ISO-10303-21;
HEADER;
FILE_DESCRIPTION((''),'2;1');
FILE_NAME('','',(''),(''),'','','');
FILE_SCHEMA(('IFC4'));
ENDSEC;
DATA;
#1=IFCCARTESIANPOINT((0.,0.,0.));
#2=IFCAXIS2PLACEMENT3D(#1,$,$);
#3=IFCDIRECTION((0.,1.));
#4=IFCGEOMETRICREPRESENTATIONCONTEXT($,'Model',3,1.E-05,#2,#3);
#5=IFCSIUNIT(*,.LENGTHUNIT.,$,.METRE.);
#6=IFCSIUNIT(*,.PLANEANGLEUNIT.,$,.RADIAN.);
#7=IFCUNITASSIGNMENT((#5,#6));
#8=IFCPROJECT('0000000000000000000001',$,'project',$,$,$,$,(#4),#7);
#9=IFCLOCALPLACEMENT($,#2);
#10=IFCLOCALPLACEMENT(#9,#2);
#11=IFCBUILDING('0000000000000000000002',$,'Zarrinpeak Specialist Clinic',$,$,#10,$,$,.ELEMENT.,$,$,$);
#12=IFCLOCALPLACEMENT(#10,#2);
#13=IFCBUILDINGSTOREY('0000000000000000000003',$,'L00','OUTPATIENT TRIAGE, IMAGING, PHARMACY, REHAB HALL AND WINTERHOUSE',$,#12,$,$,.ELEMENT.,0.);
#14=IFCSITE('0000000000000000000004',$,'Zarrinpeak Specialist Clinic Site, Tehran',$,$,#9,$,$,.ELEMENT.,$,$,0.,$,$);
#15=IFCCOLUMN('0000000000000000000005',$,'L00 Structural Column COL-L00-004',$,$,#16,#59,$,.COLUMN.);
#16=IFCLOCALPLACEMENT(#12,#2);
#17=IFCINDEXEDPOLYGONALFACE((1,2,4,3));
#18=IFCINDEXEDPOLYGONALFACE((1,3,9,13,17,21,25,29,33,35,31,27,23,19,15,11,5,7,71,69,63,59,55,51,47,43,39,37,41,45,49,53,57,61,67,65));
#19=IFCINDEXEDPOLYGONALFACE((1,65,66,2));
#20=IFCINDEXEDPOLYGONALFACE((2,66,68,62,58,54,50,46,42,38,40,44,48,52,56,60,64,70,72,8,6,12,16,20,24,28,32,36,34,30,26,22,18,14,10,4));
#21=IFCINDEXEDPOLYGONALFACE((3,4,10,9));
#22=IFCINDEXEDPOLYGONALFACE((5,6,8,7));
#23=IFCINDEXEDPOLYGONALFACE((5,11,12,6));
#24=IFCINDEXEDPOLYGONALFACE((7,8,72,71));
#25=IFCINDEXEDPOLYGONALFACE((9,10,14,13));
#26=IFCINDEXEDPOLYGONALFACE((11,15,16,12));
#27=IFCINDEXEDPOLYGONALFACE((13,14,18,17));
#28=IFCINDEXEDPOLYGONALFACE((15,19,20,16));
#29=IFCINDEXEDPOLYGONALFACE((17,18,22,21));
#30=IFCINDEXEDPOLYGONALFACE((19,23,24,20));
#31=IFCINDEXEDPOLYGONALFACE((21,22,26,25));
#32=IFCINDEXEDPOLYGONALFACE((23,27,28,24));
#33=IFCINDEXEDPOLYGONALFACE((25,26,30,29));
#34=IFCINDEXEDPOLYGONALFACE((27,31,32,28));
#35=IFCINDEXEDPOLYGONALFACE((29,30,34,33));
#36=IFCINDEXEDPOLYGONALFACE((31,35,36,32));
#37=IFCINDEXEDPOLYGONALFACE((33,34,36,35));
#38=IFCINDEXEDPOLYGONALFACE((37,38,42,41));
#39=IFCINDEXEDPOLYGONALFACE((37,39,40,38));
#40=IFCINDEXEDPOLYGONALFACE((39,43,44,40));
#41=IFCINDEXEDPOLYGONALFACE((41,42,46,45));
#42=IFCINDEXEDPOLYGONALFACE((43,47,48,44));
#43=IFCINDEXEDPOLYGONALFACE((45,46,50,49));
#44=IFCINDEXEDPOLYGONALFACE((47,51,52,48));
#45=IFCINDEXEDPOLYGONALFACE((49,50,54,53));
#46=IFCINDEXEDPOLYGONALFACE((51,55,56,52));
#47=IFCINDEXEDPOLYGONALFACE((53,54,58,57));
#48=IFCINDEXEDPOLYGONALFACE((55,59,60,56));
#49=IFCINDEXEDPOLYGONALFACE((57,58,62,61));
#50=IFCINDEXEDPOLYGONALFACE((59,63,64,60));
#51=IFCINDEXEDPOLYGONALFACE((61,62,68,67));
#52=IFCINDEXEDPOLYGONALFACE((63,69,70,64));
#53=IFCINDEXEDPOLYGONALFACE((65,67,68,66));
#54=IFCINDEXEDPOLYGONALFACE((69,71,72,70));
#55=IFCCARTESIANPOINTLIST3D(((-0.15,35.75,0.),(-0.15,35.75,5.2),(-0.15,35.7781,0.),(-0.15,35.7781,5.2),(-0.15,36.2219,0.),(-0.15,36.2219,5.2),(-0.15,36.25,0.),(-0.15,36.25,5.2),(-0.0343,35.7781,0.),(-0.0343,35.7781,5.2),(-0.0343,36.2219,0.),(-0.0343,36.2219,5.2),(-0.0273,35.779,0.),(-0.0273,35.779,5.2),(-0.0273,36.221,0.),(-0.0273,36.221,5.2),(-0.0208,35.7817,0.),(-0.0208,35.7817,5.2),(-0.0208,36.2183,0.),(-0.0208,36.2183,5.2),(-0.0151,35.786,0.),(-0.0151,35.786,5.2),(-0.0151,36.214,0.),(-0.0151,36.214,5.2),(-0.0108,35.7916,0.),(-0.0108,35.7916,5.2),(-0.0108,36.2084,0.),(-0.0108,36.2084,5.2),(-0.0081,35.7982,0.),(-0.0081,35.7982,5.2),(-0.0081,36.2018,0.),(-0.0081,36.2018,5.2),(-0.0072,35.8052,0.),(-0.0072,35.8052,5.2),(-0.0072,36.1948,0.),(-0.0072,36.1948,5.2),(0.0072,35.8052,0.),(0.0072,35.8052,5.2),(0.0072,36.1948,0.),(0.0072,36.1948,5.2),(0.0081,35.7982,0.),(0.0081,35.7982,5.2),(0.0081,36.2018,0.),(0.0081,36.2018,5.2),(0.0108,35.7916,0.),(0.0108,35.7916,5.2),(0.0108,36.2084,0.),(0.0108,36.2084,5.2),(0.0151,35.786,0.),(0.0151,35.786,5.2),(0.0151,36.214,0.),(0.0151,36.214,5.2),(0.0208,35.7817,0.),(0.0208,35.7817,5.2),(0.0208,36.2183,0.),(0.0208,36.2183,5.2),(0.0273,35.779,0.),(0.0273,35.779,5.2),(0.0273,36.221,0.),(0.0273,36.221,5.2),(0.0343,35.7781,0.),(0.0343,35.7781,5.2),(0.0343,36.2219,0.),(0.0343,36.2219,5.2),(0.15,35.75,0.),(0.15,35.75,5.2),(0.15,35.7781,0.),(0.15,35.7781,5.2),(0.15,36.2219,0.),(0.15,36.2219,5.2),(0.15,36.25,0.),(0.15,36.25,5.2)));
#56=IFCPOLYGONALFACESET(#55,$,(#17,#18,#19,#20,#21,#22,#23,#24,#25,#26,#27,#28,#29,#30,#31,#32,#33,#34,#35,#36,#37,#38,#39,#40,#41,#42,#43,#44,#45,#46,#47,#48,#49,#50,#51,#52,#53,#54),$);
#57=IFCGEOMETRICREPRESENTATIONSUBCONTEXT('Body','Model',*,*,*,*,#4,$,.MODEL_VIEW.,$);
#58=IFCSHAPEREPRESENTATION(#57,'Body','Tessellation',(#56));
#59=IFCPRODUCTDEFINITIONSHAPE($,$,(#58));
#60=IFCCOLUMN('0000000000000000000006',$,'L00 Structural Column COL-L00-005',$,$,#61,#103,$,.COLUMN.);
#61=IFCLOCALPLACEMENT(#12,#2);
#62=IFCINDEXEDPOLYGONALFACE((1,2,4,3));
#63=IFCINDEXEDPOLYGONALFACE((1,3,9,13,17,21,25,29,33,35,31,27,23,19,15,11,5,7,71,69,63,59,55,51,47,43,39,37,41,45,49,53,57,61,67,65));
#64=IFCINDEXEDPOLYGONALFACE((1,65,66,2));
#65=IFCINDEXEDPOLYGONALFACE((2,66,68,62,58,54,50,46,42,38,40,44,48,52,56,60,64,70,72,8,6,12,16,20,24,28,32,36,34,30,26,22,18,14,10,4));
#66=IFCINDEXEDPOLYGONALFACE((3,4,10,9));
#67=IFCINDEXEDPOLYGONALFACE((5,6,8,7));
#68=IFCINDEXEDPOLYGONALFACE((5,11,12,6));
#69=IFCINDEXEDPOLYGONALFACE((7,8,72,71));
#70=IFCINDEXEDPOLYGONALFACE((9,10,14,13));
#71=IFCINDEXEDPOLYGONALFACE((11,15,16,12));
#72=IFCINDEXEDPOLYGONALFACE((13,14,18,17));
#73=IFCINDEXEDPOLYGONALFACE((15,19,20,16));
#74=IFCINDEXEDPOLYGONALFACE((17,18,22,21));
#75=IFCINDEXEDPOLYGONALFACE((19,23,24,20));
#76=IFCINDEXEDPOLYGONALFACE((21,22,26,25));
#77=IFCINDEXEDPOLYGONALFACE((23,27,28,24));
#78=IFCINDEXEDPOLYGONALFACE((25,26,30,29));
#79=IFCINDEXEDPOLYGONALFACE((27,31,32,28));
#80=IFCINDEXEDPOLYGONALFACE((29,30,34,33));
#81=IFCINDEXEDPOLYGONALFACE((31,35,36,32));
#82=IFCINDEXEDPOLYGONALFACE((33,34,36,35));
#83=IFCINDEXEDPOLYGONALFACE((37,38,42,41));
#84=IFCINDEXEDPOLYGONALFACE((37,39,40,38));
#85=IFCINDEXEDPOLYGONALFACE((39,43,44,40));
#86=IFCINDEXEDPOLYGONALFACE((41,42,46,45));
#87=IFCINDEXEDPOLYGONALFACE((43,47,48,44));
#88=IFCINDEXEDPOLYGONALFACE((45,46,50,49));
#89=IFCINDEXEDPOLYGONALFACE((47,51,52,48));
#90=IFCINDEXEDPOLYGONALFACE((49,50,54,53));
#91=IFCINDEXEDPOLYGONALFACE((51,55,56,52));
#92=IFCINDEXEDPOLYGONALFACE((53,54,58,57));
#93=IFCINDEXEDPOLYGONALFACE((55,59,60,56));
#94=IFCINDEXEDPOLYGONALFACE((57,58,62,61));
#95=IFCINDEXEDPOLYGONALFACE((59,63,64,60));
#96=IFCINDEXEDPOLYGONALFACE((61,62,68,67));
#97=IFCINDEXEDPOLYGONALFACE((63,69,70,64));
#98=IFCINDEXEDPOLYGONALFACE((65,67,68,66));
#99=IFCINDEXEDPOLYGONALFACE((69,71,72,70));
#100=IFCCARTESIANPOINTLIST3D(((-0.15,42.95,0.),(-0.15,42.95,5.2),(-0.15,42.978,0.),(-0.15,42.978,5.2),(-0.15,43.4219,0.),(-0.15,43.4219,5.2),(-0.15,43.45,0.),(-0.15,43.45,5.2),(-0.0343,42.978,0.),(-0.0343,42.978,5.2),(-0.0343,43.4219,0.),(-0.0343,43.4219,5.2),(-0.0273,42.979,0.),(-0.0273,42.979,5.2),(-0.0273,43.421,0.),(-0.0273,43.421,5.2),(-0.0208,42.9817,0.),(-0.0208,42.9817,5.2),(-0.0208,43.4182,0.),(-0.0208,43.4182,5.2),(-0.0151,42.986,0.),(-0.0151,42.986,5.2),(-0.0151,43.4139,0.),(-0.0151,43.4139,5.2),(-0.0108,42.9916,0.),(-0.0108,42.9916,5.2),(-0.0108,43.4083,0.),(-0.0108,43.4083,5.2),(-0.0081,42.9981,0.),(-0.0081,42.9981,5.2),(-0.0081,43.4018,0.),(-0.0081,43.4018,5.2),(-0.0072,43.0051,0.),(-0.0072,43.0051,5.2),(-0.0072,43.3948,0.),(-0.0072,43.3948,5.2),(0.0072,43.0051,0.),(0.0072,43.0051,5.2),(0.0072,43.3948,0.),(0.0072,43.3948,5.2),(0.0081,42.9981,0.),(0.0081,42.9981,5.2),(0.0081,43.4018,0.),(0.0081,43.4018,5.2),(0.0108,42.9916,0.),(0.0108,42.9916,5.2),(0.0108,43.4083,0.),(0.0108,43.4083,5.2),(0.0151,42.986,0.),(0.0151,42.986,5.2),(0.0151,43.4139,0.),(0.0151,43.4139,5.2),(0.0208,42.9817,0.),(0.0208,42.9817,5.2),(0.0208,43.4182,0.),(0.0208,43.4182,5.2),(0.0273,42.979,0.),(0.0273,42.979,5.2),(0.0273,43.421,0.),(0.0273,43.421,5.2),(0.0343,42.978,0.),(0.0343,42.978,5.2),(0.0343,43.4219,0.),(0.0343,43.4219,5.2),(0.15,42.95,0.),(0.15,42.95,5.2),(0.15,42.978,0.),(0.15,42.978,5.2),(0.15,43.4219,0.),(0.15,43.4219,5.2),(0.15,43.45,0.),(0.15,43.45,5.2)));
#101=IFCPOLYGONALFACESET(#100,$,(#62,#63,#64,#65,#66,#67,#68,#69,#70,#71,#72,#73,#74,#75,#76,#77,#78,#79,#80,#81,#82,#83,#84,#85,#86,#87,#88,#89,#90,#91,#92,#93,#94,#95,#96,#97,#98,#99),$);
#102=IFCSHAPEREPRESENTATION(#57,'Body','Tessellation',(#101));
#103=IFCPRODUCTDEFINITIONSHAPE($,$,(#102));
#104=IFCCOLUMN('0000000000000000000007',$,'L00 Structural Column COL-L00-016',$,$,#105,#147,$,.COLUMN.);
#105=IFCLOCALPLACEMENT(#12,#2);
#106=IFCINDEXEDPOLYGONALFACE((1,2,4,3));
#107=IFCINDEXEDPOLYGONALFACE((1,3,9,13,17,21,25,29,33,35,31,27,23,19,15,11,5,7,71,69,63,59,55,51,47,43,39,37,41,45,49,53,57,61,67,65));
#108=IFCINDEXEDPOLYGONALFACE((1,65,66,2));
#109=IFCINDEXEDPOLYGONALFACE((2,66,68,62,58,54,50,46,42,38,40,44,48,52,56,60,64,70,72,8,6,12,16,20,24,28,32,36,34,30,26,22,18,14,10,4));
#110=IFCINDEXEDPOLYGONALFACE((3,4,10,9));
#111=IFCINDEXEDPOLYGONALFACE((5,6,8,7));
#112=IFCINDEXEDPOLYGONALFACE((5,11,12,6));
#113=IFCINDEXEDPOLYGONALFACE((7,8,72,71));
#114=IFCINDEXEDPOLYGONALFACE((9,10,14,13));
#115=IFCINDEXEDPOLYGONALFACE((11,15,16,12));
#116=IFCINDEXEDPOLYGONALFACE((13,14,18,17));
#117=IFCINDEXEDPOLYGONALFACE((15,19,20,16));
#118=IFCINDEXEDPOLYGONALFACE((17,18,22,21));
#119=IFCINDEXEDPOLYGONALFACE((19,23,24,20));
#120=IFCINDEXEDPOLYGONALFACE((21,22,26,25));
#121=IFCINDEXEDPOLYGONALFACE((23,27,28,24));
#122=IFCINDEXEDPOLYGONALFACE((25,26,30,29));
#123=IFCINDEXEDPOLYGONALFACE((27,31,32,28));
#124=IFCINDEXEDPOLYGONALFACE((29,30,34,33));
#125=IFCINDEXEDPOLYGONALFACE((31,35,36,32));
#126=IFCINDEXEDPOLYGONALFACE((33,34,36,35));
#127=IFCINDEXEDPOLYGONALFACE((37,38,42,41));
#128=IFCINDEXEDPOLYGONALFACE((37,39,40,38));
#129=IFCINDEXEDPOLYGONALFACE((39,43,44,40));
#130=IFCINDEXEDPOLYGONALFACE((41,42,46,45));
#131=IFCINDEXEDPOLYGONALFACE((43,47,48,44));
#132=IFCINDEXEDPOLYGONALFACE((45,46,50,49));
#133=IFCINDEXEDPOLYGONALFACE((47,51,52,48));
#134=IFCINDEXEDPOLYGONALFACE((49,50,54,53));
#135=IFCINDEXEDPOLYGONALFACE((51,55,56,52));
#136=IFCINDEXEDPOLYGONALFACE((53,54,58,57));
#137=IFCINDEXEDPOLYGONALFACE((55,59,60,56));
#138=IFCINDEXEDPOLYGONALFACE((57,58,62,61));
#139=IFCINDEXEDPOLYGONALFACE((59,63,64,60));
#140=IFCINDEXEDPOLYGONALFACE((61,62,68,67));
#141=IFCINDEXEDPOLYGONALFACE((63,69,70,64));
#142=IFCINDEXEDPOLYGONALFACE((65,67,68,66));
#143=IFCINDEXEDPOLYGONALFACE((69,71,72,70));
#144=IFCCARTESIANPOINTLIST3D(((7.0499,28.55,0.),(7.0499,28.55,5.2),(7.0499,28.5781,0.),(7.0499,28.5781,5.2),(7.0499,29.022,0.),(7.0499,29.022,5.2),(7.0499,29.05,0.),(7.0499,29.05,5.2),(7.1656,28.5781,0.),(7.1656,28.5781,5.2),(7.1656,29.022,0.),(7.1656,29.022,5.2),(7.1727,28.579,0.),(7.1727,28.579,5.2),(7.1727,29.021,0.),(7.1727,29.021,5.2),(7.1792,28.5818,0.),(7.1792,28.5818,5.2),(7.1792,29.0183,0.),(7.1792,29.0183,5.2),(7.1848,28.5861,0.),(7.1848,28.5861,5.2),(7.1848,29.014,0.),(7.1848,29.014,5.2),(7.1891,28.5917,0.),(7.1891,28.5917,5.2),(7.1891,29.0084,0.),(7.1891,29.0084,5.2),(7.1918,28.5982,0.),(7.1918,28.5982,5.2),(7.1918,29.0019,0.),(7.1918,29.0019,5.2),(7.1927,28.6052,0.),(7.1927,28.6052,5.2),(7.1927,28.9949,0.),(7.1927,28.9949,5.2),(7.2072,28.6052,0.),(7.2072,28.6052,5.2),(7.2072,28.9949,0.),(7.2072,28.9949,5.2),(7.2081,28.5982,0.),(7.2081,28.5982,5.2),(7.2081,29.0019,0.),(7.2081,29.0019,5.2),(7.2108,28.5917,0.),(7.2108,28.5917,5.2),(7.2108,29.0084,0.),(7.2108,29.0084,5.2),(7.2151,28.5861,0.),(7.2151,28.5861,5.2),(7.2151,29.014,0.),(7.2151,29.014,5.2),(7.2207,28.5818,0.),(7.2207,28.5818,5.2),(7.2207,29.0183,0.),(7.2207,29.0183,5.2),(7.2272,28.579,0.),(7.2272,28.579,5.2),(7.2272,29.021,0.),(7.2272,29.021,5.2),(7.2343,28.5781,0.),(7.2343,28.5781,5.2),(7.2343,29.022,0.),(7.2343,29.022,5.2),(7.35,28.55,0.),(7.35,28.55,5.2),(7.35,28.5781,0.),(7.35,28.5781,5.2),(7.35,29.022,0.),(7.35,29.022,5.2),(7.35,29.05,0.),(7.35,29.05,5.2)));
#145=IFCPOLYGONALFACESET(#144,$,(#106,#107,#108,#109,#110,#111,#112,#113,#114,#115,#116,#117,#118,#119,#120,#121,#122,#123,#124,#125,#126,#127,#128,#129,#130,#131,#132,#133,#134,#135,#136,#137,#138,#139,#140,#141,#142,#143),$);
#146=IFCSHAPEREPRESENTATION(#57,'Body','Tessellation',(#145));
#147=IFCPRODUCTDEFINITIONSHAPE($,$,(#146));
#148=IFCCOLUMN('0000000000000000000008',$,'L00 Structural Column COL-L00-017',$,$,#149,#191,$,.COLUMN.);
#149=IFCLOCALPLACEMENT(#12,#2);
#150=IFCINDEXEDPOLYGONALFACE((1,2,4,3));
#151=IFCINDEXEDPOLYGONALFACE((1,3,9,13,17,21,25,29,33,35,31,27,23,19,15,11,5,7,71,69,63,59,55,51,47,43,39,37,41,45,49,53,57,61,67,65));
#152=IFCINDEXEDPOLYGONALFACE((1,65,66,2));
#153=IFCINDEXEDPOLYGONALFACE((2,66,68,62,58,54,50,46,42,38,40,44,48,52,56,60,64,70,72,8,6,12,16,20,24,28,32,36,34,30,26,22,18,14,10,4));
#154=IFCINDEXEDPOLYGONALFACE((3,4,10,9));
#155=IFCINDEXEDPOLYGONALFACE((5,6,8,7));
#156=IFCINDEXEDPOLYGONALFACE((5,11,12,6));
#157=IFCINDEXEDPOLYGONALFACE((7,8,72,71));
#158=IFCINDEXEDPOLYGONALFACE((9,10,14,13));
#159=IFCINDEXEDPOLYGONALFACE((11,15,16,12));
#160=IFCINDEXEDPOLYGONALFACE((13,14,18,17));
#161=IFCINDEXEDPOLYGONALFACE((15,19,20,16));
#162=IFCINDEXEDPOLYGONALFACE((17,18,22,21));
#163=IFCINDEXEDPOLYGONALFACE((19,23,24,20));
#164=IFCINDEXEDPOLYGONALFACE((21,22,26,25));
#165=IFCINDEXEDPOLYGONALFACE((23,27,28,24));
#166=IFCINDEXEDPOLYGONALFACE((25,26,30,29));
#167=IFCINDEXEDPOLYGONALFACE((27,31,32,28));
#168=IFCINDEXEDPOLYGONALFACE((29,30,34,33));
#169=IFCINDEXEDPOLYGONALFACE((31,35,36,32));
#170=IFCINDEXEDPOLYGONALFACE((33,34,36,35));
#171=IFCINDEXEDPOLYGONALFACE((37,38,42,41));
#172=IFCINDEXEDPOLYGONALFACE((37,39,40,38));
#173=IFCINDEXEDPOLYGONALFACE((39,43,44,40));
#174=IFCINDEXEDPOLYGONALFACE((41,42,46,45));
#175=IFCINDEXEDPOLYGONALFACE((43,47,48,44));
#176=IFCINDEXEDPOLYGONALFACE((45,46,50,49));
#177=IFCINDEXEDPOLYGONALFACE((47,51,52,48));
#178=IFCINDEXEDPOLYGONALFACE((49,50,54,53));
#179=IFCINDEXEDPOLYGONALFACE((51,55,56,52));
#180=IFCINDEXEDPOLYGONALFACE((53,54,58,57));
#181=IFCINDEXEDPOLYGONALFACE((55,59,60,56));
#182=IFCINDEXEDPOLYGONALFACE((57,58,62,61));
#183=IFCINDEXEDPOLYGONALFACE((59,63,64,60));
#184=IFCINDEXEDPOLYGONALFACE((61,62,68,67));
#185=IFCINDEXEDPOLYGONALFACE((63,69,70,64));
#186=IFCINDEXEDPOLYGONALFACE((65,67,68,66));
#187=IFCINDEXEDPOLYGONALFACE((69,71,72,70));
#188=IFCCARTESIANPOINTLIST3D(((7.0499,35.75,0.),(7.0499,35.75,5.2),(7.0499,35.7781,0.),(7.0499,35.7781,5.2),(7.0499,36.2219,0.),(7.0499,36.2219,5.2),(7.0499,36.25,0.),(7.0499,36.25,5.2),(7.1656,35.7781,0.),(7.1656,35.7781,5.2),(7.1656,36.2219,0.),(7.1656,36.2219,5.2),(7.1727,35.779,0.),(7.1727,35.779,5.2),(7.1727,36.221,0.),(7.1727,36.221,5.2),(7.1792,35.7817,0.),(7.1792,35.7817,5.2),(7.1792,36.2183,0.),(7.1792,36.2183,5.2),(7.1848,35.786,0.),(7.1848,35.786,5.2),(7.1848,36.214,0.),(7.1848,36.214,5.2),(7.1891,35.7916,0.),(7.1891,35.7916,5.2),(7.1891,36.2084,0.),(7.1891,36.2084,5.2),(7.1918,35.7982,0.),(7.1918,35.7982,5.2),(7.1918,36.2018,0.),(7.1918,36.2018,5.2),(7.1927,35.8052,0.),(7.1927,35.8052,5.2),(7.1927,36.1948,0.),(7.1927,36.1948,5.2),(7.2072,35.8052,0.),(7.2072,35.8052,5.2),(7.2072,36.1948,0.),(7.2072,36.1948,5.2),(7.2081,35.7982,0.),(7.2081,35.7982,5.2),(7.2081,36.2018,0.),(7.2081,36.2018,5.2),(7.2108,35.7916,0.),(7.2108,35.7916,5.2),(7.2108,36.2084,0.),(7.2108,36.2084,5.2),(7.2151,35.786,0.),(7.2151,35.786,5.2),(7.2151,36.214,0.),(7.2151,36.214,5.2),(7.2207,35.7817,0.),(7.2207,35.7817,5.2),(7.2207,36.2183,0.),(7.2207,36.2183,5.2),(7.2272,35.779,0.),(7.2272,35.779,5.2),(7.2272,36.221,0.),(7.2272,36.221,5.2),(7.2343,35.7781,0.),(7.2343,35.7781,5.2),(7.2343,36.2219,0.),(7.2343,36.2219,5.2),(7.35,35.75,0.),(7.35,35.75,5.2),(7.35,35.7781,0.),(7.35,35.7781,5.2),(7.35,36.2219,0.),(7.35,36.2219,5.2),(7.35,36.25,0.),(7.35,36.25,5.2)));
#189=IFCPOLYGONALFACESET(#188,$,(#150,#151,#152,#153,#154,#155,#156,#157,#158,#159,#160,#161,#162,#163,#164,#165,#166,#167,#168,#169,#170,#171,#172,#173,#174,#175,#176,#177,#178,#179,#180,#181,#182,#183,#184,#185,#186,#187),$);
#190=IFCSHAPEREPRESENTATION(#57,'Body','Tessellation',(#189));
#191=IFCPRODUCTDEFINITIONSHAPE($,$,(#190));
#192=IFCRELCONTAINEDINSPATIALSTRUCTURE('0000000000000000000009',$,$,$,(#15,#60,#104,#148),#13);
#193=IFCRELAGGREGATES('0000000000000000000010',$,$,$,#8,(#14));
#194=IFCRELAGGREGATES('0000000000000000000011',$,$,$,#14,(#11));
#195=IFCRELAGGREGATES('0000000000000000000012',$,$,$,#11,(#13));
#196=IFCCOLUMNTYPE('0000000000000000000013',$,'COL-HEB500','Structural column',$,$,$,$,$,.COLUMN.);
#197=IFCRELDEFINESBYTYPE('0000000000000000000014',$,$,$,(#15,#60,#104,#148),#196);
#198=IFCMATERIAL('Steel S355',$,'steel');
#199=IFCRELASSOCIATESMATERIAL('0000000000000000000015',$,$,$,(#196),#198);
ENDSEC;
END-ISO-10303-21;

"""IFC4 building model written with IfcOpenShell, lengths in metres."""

from ifc_helpers import new_model, si_unit, direction, frame, origin, origin_2d, place, context, subcontext, project, spatial, i_section, extrude, material, material_profile, profile_set, type_object, element, save


model = new_model("IFC4")

# Units and contexts
model_context = context("Model", 3, precision=1e-05, world=origin(), true_north=direction((0.0, 1.0)))
body_context = subcontext(model_context, "Body", "Model", "MODEL_VIEW")
ifc_project = project(units=[si_unit("LENGTHUNIT", "METRE"), si_unit("PLANEANGLEUNIT", "RADIAN")], contexts=[model_context])

# Site, building, storey
site_placement = place(None, origin())
site = spatial("IfcSite", under=ifc_project, at=site_placement, Name="Zarrinpeak Specialist Clinic Site, Tehran", CompositionType="ELEMENT", RefElevation=0.0)
building_placement = place(site_placement, origin())
building = spatial("IfcBuilding", under=site, at=building_placement, Name="Zarrinpeak Specialist Clinic", CompositionType="ELEMENT")
storey_placement = place(building_placement, origin())
storey = spatial("IfcBuildingStorey", under=building, at=storey_placement, Name="L00", Description="OUTPATIENT TRIAGE, IMAGING, PHARMACY, REHAB HALL AND WINTERHOUSE", CompositionType="ELEMENT", Elevation=0.0)

# Columns
ifc_material_1 = material(Name="Steel S355", Category="steel")
ifc_material_profile_1 = material_profile(ifc_material_1, i_section(OverallWidth=0.3, OverallDepth=0.5, WebThickness=0.0144, FlangeThickness=0.0281, FilletRadius=0.0271, at=origin_2d()), Name="HEB 500")
ifc_profile_set_1 = profile_set([ifc_material_profile_1], Name="Steel S355")
column_type = type_object("IfcColumnType", Name="COL-HEB500", Description="Structural column", PredefinedType="COLUMN", material=ifc_profile_set_1)
for number, where, z_axis, x_axis, name in (
    (1, (0.0, 36.0, 0.0), (0.0, 0.0, 1.0), (1.0, 0.0, 0.0), "L00 Structural Column COL-L00-004"),
    (2, (0.0, 43.2, 0.0), (0.0, 0.0, 1.0), (1.0, 0.0, 0.0), "L00 Structural Column COL-L00-005"),
    (3, (7.2, 28.8, 0.0), (0.0, 0.0, 1.0), (1.0, 0.0, 0.0), "L00 Structural Column COL-L00-016"),
    (4, (7.2, 36.0, 0.0), (0.0, 0.0, 1.0), (1.0, 0.0, 0.0), "L00 Structural Column COL-L00-017"),
):
    element("IfcColumn", number, at=place(storey_placement, frame(where, z_axis=z_axis, x_axis=x_axis)), inside=storey, type_object=column_type, Name=name, PredefinedType="COLUMN", context=body_context, shape_type="SweptSolid", body=[
        extrude(i_section(OverallWidth=0.3, OverallDepth=0.5, WebThickness=0.0144, FlangeThickness=0.0281, FilletRadius=0.0271, at=origin_2d()), origin(), (0.0, 0.0, 1.0), 5.2),
    ])

save(model, "model.ifc")
